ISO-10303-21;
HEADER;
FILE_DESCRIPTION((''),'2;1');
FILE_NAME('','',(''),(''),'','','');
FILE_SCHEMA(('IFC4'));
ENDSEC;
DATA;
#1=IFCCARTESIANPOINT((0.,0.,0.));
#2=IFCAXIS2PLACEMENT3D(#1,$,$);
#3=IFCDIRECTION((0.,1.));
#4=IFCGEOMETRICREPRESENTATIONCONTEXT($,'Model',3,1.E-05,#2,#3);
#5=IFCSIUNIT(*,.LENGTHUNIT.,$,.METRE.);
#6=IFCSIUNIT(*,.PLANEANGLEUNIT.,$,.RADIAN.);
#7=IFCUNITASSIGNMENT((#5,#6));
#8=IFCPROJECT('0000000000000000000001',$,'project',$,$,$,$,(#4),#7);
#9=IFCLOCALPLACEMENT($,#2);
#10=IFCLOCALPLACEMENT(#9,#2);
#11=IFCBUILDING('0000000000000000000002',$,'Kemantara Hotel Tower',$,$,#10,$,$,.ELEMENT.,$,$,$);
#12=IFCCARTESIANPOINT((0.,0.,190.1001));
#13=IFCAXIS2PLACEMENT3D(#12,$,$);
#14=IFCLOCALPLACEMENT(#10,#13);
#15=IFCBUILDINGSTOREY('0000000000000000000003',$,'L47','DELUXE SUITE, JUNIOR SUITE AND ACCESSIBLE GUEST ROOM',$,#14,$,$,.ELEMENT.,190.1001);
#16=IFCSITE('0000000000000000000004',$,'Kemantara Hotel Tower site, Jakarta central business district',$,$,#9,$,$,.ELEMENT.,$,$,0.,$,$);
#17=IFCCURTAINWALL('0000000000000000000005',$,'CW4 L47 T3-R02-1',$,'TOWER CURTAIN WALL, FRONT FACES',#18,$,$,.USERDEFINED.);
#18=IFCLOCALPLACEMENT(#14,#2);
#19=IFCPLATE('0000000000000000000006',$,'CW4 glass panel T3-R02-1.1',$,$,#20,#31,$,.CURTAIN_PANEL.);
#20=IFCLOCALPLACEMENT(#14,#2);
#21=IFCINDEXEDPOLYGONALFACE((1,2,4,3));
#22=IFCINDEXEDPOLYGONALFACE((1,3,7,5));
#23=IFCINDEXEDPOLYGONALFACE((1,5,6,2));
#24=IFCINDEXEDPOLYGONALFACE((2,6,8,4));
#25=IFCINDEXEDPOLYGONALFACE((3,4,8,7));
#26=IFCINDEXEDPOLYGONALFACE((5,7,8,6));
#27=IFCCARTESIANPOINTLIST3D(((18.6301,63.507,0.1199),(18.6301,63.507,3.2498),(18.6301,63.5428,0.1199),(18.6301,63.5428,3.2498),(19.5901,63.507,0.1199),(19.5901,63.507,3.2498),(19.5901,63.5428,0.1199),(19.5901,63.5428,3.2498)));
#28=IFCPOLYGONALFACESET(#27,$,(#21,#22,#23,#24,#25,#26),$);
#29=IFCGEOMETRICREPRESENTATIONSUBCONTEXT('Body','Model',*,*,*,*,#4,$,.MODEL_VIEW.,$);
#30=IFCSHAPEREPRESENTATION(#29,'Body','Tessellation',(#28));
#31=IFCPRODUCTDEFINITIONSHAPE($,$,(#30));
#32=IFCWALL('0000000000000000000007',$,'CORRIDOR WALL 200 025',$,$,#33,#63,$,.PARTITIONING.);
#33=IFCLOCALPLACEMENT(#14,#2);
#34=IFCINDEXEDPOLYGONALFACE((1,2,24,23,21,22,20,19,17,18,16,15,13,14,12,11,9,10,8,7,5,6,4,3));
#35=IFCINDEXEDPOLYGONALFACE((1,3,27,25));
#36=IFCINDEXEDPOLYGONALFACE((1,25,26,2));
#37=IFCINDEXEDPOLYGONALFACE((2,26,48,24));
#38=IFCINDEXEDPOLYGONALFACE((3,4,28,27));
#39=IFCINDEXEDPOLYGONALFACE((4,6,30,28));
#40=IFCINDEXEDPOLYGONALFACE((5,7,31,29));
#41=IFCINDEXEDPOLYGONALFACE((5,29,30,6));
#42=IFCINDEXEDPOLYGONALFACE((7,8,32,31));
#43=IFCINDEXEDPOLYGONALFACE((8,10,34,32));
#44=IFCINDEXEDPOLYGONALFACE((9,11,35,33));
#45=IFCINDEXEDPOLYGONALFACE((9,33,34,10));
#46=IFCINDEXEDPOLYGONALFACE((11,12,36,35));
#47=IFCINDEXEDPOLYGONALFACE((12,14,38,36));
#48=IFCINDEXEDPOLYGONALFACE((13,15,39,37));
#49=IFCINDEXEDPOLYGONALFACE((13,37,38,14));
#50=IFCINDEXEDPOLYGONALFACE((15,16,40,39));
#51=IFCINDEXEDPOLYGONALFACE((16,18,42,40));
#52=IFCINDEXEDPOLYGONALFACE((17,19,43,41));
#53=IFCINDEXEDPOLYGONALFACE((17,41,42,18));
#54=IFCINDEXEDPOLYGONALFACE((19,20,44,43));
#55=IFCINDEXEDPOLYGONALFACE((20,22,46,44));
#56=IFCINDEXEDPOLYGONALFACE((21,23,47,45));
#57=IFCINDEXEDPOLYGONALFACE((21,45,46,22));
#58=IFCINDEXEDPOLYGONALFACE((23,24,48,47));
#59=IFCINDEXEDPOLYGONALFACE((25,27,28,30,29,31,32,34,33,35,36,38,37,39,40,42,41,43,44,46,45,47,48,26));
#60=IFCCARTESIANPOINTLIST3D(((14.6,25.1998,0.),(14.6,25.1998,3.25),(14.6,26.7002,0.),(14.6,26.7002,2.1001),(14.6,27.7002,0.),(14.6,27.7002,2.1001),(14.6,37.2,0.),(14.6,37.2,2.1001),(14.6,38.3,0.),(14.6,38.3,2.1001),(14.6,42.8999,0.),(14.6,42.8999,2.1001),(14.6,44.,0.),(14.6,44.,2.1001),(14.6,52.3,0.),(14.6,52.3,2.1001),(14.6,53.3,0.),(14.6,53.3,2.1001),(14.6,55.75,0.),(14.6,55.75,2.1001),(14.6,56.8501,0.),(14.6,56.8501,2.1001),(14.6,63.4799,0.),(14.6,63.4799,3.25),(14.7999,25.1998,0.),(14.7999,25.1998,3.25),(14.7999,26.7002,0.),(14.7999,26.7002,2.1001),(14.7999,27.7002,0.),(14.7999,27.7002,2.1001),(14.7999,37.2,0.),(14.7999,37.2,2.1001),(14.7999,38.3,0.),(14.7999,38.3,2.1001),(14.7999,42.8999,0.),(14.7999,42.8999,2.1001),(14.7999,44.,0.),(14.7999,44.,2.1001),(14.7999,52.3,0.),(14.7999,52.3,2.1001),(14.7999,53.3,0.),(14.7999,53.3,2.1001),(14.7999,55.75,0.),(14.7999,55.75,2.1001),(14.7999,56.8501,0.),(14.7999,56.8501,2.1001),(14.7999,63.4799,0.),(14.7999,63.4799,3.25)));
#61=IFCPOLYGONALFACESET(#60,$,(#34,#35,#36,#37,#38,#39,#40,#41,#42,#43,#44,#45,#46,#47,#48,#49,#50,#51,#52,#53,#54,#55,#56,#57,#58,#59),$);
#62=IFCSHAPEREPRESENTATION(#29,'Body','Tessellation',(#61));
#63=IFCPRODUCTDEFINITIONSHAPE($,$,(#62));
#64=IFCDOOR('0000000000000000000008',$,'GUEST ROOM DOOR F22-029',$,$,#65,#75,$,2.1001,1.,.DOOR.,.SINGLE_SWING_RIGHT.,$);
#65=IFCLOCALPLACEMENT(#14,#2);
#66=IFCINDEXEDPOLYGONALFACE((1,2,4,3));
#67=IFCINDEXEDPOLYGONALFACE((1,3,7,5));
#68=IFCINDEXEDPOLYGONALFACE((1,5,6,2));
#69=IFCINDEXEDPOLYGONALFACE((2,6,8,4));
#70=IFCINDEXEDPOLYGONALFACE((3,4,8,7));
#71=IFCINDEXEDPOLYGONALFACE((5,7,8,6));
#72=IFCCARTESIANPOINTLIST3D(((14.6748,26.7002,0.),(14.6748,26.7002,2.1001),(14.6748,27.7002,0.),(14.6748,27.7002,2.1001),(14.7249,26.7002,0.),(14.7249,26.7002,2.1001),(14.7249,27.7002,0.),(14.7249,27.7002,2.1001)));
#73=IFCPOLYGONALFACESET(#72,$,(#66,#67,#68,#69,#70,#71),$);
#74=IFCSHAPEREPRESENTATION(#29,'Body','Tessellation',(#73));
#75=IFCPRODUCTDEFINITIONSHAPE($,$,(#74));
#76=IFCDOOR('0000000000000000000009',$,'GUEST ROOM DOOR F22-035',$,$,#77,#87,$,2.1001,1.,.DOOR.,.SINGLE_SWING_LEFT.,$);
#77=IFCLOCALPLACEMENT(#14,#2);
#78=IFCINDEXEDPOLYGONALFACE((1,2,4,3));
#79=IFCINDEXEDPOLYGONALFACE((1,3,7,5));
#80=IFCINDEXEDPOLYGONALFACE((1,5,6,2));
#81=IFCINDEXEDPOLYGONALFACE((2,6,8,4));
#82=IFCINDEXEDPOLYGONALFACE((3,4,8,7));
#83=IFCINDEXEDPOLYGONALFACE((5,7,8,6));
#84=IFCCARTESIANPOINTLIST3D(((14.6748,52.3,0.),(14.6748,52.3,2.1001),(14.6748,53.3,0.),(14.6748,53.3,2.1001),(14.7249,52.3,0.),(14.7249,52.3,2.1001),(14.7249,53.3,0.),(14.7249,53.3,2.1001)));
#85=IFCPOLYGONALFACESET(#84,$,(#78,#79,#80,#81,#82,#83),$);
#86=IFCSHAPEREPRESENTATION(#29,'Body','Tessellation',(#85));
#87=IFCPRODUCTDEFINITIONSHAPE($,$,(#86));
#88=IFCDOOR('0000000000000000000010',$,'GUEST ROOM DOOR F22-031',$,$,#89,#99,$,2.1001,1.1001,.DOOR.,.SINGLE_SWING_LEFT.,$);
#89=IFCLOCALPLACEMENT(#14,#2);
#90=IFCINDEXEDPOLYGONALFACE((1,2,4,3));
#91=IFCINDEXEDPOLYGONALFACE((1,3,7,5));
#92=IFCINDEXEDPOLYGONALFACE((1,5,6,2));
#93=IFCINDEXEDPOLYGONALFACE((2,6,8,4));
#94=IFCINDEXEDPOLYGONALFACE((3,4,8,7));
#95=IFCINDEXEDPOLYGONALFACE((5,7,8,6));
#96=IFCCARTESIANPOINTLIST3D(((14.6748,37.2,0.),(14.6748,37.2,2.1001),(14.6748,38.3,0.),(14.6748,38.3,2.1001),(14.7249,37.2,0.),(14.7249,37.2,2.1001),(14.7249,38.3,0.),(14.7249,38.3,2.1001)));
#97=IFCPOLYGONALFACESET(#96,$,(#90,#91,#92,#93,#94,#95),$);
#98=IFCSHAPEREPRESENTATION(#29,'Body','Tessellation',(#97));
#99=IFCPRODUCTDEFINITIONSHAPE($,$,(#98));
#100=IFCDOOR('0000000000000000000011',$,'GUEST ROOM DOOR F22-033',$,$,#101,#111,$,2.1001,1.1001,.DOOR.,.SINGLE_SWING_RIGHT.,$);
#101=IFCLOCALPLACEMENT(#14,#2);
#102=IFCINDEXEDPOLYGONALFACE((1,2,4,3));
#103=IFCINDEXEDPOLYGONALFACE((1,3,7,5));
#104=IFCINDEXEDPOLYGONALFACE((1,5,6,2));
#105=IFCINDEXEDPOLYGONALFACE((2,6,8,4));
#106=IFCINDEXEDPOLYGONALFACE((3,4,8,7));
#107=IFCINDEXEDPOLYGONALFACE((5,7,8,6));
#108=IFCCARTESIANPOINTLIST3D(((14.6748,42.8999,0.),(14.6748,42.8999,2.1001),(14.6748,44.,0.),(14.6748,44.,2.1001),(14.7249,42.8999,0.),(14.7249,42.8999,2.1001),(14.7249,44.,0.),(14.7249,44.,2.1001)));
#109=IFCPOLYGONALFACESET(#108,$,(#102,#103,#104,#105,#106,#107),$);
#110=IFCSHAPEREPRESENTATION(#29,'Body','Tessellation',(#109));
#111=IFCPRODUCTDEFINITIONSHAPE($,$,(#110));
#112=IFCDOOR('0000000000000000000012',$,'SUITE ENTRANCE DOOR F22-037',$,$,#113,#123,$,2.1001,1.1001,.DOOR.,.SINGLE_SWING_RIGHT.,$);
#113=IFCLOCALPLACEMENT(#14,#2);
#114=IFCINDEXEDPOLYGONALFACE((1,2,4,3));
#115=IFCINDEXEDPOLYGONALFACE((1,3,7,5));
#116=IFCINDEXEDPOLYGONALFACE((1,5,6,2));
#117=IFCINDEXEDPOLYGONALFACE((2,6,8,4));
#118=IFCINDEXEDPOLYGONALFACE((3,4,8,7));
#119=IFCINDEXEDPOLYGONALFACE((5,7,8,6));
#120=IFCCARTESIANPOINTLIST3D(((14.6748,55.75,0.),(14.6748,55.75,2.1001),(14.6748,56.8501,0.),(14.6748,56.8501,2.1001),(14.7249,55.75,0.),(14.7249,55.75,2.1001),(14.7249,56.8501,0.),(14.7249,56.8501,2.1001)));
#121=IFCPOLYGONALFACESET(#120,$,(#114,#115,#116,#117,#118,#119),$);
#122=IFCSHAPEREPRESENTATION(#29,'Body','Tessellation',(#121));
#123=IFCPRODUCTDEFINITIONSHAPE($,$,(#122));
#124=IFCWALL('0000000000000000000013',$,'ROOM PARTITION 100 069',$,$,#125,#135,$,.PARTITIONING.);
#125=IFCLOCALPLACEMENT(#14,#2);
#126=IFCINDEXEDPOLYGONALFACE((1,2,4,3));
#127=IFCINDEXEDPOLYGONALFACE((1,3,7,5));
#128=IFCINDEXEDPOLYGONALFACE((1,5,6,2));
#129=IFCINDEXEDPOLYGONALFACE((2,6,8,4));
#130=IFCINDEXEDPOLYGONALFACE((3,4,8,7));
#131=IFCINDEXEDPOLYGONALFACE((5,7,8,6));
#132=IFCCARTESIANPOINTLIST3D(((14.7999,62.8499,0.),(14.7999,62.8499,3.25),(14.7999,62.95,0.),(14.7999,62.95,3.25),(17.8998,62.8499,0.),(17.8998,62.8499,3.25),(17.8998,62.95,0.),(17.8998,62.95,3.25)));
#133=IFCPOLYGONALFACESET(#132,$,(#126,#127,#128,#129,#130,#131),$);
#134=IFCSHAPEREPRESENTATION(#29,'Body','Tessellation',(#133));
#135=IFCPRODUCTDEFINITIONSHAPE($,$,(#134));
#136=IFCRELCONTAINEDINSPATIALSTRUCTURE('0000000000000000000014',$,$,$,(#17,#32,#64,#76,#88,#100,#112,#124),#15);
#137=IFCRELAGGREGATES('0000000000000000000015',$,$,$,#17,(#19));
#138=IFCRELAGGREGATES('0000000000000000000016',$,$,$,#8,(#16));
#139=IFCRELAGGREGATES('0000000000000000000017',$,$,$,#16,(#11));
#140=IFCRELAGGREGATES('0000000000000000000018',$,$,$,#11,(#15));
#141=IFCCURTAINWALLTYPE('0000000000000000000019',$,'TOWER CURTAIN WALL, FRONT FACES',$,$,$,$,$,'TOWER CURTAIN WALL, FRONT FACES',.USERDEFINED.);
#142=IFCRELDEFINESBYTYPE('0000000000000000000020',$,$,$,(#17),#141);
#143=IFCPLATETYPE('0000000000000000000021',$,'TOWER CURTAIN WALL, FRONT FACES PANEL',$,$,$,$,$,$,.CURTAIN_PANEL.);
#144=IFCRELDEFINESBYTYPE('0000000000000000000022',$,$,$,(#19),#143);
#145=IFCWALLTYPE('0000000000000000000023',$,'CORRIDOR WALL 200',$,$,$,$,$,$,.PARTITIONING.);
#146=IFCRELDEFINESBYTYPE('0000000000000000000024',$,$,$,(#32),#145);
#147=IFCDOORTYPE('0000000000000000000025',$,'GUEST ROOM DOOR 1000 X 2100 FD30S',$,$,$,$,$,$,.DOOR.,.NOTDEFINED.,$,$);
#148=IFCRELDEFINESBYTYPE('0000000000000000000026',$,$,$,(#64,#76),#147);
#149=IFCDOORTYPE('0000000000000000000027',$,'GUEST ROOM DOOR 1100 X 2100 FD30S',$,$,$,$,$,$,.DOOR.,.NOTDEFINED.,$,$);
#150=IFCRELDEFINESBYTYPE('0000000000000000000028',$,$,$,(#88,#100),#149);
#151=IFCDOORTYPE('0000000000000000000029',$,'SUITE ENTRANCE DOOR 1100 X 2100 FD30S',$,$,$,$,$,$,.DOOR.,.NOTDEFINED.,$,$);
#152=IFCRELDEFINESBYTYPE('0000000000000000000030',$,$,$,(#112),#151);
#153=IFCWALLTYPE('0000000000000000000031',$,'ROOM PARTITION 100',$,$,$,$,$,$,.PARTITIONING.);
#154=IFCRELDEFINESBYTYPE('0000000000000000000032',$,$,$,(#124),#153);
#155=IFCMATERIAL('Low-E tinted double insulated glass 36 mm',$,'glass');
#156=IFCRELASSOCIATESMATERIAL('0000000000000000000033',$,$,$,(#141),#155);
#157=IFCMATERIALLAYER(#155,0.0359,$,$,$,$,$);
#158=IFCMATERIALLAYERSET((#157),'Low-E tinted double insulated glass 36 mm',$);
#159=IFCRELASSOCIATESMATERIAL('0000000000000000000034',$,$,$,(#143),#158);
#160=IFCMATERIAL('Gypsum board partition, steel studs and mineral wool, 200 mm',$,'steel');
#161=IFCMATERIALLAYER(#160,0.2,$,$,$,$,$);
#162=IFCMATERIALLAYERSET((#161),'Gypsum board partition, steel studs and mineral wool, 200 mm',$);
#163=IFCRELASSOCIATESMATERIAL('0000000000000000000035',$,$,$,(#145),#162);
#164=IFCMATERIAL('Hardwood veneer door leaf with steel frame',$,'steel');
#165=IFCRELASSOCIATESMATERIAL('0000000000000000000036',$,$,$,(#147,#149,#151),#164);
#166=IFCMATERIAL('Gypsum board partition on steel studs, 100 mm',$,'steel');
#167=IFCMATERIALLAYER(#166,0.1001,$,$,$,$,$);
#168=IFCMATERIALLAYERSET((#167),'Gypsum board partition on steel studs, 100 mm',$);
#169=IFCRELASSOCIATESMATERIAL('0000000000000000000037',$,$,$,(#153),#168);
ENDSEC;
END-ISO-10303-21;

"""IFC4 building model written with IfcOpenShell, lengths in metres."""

from ifc_helpers import new_model, si_unit, direction, frame, frame_2d, origin, origin_2d, place, context, subcontext, project, spatial, rectangle, extrude, source, transform, mapped, material, layer, layer_set, type_object, element, fill, aggregate, save


model = new_model("IFC4")

# Units and contexts
model_context = context("Model", 3, precision=1e-05, world=origin(), true_north=direction((0.0, 1.0)))
body_context = subcontext(model_context, "Body", "Model", "MODEL_VIEW")
ifc_project = project(units=[si_unit("LENGTHUNIT", "METRE"), si_unit("PLANEANGLEUNIT", "RADIAN")], contexts=[model_context])

# Site, building, storey
site_placement = place(None, origin())
site = spatial("IfcSite", under=ifc_project, at=site_placement, Name="Kemantara Hotel Tower site, Jakarta central business district", CompositionType="ELEMENT", RefElevation=0.0)
building_placement = place(site_placement, origin())
building = spatial("IfcBuilding", under=site, at=building_placement, Name="Kemantara Hotel Tower", CompositionType="ELEMENT")
storey_placement = place(building_placement, frame((0.0, 0.0, 190.1001)))
storey = spatial("IfcBuildingStorey", under=building, at=storey_placement, Name="L47", Description="DELUXE SUITE, JUNIOR SUITE AND ACCESSIBLE GUEST ROOM", CompositionType="ELEMENT", Elevation=190.1001)

# Curtain wall
ifc_material_1 = material(Name="Low-E tinted double insulated glass 36 mm", Category="glass")
curtain_wall_type = type_object("IfcCurtainWallType", Name="TOWER CURTAIN WALL, FRONT FACES", ElementType="TOWER CURTAIN WALL, FRONT FACES", PredefinedType="USERDEFINED", material=ifc_material_1)
curtain_wall_1_placement = place(storey_placement, origin())
curtain_wall_1 = element("IfcCurtainWall", 1, at=curtain_wall_1_placement, inside=storey, type_object=curtain_wall_type, Name="CW4 L47 T3-R02-1", ObjectType="TOWER CURTAIN WALL, FRONT FACES", PredefinedType="USERDEFINED")

# Plate
ifc_layer_1 = layer(ifc_material_1, 0.0359)
ifc_layer_set_1 = layer_set([ifc_layer_1], Name="Low-E tinted double insulated glass 36 mm")
plate_type = type_object("IfcPlateType", Name="TOWER CURTAIN WALL, FRONT FACES PANEL", PredefinedType="CURTAIN_PANEL", material=ifc_layer_set_1)
shared_shape_1 = source(origin(), body_context, "Body", "SweptSolid", [
    extrude(rectangle(XDim=0.96, YDim=0.0359, at=origin_2d()), origin(), (0.0, 0.0, 1.0), 3.1299),
])
plate_1_placement = place(storey_placement, frame((19.1101, 63.5249, 0.1199), z_axis=(0.0, 0.0, 1.0), x_axis=(-1.0, 0.0, 0.0)))
plate_1 = element("IfcPlate", 2, at=plate_1_placement, type_object=plate_type, Name="CW4 glass panel T3-R02-1.1", PredefinedType="CURTAIN_PANEL", context=body_context, shape_type="MappedRepresentation", body=[
    mapped(shared_shape_1, transform((0.0, 0.0, 0.0))),
])
aggregate(curtain_wall_1, [plate_1])

# Wall, openings, doors
ifc_material_2 = material(Name="Gypsum board partition, steel studs and mineral wool, 200 mm", Category="steel")
ifc_layer_2 = layer(ifc_material_2, 0.2)
ifc_layer_set_2 = layer_set([ifc_layer_2], Name="Gypsum board partition, steel studs and mineral wool, 200 mm")
wall_type_1 = type_object("IfcWallType", Name="CORRIDOR WALL 200", PredefinedType="PARTITIONING", material=ifc_layer_set_2)
wall_1_placement = place(storey_placement, frame((14.7, 63.48, 0.0), z_axis=(0.0, 0.0, 1.0), x_axis=(0.0, -1.0, 0.0)))
wall_1 = element("IfcWall", 3, at=wall_1_placement, inside=storey, type_object=wall_type_1, Name="CORRIDOR WALL 200 025", PredefinedType="PARTITIONING", context=body_context, shape_type="SweptSolid", body=[
    extrude(rectangle(XDim=38.28, YDim=0.2, at=frame_2d((19.1401, 0.0))), origin(), (0.0, 0.0, 1.0), 3.25),
])
opening_1_placement = place(wall_1_placement, frame((35.7798, 0.0, 0.0)))
opening_1 = element("IfcOpeningElement", 4, at=opening_1_placement, cuts=wall_1, PredefinedType="OPENING", context=body_context, shape_type="SweptSolid", body=[
    extrude(rectangle(XDim=1.0, YDim=2.1001, at=frame_2d((0.5, 1.05))), frame((0.0, 0.1099, 0.0), z_axis=(0.0, -1.0, 0.0), x_axis=(1.0, 0.0, 0.0)), (0.0, 0.0, 1.0), 0.22),
])
opening_2_placement = place(wall_1_placement, frame((25.1799, 0.0, 0.0)))
opening_2 = element("IfcOpeningElement", 5, at=opening_2_placement, cuts=wall_1, PredefinedType="OPENING", context=body_context, shape_type="SweptSolid", body=[
    extrude(rectangle(XDim=1.1001, YDim=2.1001, at=frame_2d((0.55, 1.05))), frame((0.0, 0.1099, 0.0), z_axis=(0.0, -1.0, 0.0), x_axis=(1.0, 0.0, 0.0)), (0.0, 0.0, 1.0), 0.22),
])
opening_3_placement = place(wall_1_placement, frame((19.48, 0.0, 0.0)))
opening_3 = element("IfcOpeningElement", 6, at=opening_3_placement, cuts=wall_1, PredefinedType="OPENING", context=body_context, shape_type="SweptSolid", body=[
    extrude(rectangle(XDim=1.1001, YDim=2.1001, at=frame_2d((0.55, 1.05))), frame((0.0, 0.1099, 0.0), z_axis=(0.0, -1.0, 0.0), x_axis=(1.0, 0.0, 0.0)), (0.0, 0.0, 1.0), 0.22),
])
opening_4_placement = place(wall_1_placement, frame((10.1799, 0.0, 0.0)))
opening_4 = element("IfcOpeningElement", 7, at=opening_4_placement, cuts=wall_1, PredefinedType="OPENING", context=body_context, shape_type="SweptSolid", body=[
    extrude(rectangle(XDim=1.0, YDim=2.1001, at=frame_2d((0.5, 1.05))), frame((0.0, 0.1099, 0.0), z_axis=(0.0, -1.0, 0.0), x_axis=(1.0, 0.0, 0.0)), (0.0, 0.0, 1.0), 0.22),
])
opening_5_placement = place(wall_1_placement, frame((6.6299, 0.0, 0.0)))
opening_5 = element("IfcOpeningElement", 8, at=opening_5_placement, cuts=wall_1, PredefinedType="OPENING", context=body_context, shape_type="SweptSolid", body=[
    extrude(rectangle(XDim=1.1001, YDim=2.1001, at=frame_2d((0.55, 1.05))), frame((0.0, 0.1099, 0.0), z_axis=(0.0, -1.0, 0.0), x_axis=(1.0, 0.0, 0.0)), (0.0, 0.0, 1.0), 0.22),
])
ifc_material_3 = material(Name="Hardwood veneer door leaf with steel frame", Category="steel")
door_type_1 = type_object("IfcDoorType", Name="GUEST ROOM DOOR 1000 X 2100 FD30S", OperationType="NOTDEFINED", PredefinedType="DOOR", material=ifc_material_3)
door_1_placement = place(opening_1_placement, origin())
door_1 = element("IfcDoor", 9, at=door_1_placement, inside=storey, type_object=door_type_1, Name="GUEST ROOM DOOR F22-029", OperationType="SINGLE_SWING_RIGHT", OverallHeight=2.1001, OverallWidth=1.0, PredefinedType="DOOR", context=body_context, shape_type="SweptSolid", body=[
    extrude(rectangle(XDim=1.0, YDim=2.1001, at=frame_2d((0.5, 1.05))), frame((0.0, 0.0249, 0.0), z_axis=(0.0, -1.0, 0.0), x_axis=(1.0, 0.0, 0.0)), (0.0, 0.0, 1.0), 0.05),
])
fill(opening_1, door_1)
door_2_placement = place(opening_4_placement, origin())
door_2 = element("IfcDoor", 10, at=door_2_placement, inside=storey, type_object=door_type_1, Name="GUEST ROOM DOOR F22-035", OperationType="SINGLE_SWING_LEFT", OverallHeight=2.1001, OverallWidth=1.0, PredefinedType="DOOR", context=body_context, shape_type="SweptSolid", body=[
    extrude(rectangle(XDim=1.0, YDim=2.1001, at=frame_2d((0.5, 1.05))), frame((0.0, 0.0249, 0.0), z_axis=(0.0, -1.0, 0.0), x_axis=(1.0, 0.0, 0.0)), (0.0, 0.0, 1.0), 0.05),
])
fill(opening_4, door_2)
door_type_2 = type_object("IfcDoorType", Name="GUEST ROOM DOOR 1100 X 2100 FD30S", OperationType="NOTDEFINED", PredefinedType="DOOR", material=ifc_material_3)
door_3_placement = place(opening_2_placement, origin())
door_3 = element("IfcDoor", 11, at=door_3_placement, inside=storey, type_object=door_type_2, Name="GUEST ROOM DOOR F22-031", OperationType="SINGLE_SWING_LEFT", OverallHeight=2.1001, OverallWidth=1.1001, PredefinedType="DOOR", context=body_context, shape_type="SweptSolid", body=[
    extrude(rectangle(XDim=1.1001, YDim=2.1001, at=frame_2d((0.55, 1.05))), frame((0.0, 0.0249, 0.0), z_axis=(0.0, -1.0, 0.0), x_axis=(1.0, 0.0, 0.0)), (0.0, 0.0, 1.0), 0.05),
])
fill(opening_2, door_3)
door_4_placement = place(opening_3_placement, origin())
door_4 = element("IfcDoor", 12, at=door_4_placement, inside=storey, type_object=door_type_2, Name="GUEST ROOM DOOR F22-033", OperationType="SINGLE_SWING_RIGHT", OverallHeight=2.1001, OverallWidth=1.1001, PredefinedType="DOOR", context=body_context, shape_type="SweptSolid", body=[
    extrude(rectangle(XDim=1.1001, YDim=2.1001, at=frame_2d((0.55, 1.05))), frame((0.0, 0.0249, 0.0), z_axis=(0.0, -1.0, 0.0), x_axis=(1.0, 0.0, 0.0)), (0.0, 0.0, 1.0), 0.05),
])
fill(opening_3, door_4)
door_type_3 = type_object("IfcDoorType", Name="SUITE ENTRANCE DOOR 1100 X 2100 FD30S", OperationType="NOTDEFINED", PredefinedType="DOOR", material=ifc_material_3)
door_5_placement = place(opening_5_placement, origin())
door_5 = element("IfcDoor", 13, at=door_5_placement, inside=storey, type_object=door_type_3, Name="SUITE ENTRANCE DOOR F22-037", OperationType="SINGLE_SWING_RIGHT", OverallHeight=2.1001, OverallWidth=1.1001, PredefinedType="DOOR", context=body_context, shape_type="SweptSolid", body=[
    extrude(rectangle(XDim=1.1001, YDim=2.1001, at=frame_2d((0.55, 1.05))), frame((0.0, 0.0249, 0.0), z_axis=(0.0, -1.0, 0.0), x_axis=(1.0, 0.0, 0.0)), (0.0, 0.0, 1.0), 0.05),
])
fill(opening_5, door_5)

# Wall
ifc_material_4 = material(Name="Gypsum board partition on steel studs, 100 mm", Category="steel")
ifc_layer_3 = layer(ifc_material_4, 0.1001)
ifc_layer_set_3 = layer_set([ifc_layer_3], Name="Gypsum board partition on steel studs, 100 mm")
wall_type_2 = type_object("IfcWallType", Name="ROOM PARTITION 100", PredefinedType="PARTITIONING", material=ifc_layer_set_3)
wall_2_placement = place(storey_placement, frame((14.8, 62.8999, 0.0), z_axis=(0.0, 0.0, 1.0), x_axis=(1.0, 0.0, 0.0)))
element("IfcWall", 14, at=wall_2_placement, inside=storey, type_object=wall_type_2, Name="ROOM PARTITION 100 069", PredefinedType="PARTITIONING", context=body_context, shape_type="SweptSolid", body=[
    extrude(rectangle(XDim=3.0999, YDim=0.1001, at=frame_2d((1.5498, 0.0))), origin(), (0.0, 0.0, 1.0), 3.25),
])

save(model, "model.ifc")
